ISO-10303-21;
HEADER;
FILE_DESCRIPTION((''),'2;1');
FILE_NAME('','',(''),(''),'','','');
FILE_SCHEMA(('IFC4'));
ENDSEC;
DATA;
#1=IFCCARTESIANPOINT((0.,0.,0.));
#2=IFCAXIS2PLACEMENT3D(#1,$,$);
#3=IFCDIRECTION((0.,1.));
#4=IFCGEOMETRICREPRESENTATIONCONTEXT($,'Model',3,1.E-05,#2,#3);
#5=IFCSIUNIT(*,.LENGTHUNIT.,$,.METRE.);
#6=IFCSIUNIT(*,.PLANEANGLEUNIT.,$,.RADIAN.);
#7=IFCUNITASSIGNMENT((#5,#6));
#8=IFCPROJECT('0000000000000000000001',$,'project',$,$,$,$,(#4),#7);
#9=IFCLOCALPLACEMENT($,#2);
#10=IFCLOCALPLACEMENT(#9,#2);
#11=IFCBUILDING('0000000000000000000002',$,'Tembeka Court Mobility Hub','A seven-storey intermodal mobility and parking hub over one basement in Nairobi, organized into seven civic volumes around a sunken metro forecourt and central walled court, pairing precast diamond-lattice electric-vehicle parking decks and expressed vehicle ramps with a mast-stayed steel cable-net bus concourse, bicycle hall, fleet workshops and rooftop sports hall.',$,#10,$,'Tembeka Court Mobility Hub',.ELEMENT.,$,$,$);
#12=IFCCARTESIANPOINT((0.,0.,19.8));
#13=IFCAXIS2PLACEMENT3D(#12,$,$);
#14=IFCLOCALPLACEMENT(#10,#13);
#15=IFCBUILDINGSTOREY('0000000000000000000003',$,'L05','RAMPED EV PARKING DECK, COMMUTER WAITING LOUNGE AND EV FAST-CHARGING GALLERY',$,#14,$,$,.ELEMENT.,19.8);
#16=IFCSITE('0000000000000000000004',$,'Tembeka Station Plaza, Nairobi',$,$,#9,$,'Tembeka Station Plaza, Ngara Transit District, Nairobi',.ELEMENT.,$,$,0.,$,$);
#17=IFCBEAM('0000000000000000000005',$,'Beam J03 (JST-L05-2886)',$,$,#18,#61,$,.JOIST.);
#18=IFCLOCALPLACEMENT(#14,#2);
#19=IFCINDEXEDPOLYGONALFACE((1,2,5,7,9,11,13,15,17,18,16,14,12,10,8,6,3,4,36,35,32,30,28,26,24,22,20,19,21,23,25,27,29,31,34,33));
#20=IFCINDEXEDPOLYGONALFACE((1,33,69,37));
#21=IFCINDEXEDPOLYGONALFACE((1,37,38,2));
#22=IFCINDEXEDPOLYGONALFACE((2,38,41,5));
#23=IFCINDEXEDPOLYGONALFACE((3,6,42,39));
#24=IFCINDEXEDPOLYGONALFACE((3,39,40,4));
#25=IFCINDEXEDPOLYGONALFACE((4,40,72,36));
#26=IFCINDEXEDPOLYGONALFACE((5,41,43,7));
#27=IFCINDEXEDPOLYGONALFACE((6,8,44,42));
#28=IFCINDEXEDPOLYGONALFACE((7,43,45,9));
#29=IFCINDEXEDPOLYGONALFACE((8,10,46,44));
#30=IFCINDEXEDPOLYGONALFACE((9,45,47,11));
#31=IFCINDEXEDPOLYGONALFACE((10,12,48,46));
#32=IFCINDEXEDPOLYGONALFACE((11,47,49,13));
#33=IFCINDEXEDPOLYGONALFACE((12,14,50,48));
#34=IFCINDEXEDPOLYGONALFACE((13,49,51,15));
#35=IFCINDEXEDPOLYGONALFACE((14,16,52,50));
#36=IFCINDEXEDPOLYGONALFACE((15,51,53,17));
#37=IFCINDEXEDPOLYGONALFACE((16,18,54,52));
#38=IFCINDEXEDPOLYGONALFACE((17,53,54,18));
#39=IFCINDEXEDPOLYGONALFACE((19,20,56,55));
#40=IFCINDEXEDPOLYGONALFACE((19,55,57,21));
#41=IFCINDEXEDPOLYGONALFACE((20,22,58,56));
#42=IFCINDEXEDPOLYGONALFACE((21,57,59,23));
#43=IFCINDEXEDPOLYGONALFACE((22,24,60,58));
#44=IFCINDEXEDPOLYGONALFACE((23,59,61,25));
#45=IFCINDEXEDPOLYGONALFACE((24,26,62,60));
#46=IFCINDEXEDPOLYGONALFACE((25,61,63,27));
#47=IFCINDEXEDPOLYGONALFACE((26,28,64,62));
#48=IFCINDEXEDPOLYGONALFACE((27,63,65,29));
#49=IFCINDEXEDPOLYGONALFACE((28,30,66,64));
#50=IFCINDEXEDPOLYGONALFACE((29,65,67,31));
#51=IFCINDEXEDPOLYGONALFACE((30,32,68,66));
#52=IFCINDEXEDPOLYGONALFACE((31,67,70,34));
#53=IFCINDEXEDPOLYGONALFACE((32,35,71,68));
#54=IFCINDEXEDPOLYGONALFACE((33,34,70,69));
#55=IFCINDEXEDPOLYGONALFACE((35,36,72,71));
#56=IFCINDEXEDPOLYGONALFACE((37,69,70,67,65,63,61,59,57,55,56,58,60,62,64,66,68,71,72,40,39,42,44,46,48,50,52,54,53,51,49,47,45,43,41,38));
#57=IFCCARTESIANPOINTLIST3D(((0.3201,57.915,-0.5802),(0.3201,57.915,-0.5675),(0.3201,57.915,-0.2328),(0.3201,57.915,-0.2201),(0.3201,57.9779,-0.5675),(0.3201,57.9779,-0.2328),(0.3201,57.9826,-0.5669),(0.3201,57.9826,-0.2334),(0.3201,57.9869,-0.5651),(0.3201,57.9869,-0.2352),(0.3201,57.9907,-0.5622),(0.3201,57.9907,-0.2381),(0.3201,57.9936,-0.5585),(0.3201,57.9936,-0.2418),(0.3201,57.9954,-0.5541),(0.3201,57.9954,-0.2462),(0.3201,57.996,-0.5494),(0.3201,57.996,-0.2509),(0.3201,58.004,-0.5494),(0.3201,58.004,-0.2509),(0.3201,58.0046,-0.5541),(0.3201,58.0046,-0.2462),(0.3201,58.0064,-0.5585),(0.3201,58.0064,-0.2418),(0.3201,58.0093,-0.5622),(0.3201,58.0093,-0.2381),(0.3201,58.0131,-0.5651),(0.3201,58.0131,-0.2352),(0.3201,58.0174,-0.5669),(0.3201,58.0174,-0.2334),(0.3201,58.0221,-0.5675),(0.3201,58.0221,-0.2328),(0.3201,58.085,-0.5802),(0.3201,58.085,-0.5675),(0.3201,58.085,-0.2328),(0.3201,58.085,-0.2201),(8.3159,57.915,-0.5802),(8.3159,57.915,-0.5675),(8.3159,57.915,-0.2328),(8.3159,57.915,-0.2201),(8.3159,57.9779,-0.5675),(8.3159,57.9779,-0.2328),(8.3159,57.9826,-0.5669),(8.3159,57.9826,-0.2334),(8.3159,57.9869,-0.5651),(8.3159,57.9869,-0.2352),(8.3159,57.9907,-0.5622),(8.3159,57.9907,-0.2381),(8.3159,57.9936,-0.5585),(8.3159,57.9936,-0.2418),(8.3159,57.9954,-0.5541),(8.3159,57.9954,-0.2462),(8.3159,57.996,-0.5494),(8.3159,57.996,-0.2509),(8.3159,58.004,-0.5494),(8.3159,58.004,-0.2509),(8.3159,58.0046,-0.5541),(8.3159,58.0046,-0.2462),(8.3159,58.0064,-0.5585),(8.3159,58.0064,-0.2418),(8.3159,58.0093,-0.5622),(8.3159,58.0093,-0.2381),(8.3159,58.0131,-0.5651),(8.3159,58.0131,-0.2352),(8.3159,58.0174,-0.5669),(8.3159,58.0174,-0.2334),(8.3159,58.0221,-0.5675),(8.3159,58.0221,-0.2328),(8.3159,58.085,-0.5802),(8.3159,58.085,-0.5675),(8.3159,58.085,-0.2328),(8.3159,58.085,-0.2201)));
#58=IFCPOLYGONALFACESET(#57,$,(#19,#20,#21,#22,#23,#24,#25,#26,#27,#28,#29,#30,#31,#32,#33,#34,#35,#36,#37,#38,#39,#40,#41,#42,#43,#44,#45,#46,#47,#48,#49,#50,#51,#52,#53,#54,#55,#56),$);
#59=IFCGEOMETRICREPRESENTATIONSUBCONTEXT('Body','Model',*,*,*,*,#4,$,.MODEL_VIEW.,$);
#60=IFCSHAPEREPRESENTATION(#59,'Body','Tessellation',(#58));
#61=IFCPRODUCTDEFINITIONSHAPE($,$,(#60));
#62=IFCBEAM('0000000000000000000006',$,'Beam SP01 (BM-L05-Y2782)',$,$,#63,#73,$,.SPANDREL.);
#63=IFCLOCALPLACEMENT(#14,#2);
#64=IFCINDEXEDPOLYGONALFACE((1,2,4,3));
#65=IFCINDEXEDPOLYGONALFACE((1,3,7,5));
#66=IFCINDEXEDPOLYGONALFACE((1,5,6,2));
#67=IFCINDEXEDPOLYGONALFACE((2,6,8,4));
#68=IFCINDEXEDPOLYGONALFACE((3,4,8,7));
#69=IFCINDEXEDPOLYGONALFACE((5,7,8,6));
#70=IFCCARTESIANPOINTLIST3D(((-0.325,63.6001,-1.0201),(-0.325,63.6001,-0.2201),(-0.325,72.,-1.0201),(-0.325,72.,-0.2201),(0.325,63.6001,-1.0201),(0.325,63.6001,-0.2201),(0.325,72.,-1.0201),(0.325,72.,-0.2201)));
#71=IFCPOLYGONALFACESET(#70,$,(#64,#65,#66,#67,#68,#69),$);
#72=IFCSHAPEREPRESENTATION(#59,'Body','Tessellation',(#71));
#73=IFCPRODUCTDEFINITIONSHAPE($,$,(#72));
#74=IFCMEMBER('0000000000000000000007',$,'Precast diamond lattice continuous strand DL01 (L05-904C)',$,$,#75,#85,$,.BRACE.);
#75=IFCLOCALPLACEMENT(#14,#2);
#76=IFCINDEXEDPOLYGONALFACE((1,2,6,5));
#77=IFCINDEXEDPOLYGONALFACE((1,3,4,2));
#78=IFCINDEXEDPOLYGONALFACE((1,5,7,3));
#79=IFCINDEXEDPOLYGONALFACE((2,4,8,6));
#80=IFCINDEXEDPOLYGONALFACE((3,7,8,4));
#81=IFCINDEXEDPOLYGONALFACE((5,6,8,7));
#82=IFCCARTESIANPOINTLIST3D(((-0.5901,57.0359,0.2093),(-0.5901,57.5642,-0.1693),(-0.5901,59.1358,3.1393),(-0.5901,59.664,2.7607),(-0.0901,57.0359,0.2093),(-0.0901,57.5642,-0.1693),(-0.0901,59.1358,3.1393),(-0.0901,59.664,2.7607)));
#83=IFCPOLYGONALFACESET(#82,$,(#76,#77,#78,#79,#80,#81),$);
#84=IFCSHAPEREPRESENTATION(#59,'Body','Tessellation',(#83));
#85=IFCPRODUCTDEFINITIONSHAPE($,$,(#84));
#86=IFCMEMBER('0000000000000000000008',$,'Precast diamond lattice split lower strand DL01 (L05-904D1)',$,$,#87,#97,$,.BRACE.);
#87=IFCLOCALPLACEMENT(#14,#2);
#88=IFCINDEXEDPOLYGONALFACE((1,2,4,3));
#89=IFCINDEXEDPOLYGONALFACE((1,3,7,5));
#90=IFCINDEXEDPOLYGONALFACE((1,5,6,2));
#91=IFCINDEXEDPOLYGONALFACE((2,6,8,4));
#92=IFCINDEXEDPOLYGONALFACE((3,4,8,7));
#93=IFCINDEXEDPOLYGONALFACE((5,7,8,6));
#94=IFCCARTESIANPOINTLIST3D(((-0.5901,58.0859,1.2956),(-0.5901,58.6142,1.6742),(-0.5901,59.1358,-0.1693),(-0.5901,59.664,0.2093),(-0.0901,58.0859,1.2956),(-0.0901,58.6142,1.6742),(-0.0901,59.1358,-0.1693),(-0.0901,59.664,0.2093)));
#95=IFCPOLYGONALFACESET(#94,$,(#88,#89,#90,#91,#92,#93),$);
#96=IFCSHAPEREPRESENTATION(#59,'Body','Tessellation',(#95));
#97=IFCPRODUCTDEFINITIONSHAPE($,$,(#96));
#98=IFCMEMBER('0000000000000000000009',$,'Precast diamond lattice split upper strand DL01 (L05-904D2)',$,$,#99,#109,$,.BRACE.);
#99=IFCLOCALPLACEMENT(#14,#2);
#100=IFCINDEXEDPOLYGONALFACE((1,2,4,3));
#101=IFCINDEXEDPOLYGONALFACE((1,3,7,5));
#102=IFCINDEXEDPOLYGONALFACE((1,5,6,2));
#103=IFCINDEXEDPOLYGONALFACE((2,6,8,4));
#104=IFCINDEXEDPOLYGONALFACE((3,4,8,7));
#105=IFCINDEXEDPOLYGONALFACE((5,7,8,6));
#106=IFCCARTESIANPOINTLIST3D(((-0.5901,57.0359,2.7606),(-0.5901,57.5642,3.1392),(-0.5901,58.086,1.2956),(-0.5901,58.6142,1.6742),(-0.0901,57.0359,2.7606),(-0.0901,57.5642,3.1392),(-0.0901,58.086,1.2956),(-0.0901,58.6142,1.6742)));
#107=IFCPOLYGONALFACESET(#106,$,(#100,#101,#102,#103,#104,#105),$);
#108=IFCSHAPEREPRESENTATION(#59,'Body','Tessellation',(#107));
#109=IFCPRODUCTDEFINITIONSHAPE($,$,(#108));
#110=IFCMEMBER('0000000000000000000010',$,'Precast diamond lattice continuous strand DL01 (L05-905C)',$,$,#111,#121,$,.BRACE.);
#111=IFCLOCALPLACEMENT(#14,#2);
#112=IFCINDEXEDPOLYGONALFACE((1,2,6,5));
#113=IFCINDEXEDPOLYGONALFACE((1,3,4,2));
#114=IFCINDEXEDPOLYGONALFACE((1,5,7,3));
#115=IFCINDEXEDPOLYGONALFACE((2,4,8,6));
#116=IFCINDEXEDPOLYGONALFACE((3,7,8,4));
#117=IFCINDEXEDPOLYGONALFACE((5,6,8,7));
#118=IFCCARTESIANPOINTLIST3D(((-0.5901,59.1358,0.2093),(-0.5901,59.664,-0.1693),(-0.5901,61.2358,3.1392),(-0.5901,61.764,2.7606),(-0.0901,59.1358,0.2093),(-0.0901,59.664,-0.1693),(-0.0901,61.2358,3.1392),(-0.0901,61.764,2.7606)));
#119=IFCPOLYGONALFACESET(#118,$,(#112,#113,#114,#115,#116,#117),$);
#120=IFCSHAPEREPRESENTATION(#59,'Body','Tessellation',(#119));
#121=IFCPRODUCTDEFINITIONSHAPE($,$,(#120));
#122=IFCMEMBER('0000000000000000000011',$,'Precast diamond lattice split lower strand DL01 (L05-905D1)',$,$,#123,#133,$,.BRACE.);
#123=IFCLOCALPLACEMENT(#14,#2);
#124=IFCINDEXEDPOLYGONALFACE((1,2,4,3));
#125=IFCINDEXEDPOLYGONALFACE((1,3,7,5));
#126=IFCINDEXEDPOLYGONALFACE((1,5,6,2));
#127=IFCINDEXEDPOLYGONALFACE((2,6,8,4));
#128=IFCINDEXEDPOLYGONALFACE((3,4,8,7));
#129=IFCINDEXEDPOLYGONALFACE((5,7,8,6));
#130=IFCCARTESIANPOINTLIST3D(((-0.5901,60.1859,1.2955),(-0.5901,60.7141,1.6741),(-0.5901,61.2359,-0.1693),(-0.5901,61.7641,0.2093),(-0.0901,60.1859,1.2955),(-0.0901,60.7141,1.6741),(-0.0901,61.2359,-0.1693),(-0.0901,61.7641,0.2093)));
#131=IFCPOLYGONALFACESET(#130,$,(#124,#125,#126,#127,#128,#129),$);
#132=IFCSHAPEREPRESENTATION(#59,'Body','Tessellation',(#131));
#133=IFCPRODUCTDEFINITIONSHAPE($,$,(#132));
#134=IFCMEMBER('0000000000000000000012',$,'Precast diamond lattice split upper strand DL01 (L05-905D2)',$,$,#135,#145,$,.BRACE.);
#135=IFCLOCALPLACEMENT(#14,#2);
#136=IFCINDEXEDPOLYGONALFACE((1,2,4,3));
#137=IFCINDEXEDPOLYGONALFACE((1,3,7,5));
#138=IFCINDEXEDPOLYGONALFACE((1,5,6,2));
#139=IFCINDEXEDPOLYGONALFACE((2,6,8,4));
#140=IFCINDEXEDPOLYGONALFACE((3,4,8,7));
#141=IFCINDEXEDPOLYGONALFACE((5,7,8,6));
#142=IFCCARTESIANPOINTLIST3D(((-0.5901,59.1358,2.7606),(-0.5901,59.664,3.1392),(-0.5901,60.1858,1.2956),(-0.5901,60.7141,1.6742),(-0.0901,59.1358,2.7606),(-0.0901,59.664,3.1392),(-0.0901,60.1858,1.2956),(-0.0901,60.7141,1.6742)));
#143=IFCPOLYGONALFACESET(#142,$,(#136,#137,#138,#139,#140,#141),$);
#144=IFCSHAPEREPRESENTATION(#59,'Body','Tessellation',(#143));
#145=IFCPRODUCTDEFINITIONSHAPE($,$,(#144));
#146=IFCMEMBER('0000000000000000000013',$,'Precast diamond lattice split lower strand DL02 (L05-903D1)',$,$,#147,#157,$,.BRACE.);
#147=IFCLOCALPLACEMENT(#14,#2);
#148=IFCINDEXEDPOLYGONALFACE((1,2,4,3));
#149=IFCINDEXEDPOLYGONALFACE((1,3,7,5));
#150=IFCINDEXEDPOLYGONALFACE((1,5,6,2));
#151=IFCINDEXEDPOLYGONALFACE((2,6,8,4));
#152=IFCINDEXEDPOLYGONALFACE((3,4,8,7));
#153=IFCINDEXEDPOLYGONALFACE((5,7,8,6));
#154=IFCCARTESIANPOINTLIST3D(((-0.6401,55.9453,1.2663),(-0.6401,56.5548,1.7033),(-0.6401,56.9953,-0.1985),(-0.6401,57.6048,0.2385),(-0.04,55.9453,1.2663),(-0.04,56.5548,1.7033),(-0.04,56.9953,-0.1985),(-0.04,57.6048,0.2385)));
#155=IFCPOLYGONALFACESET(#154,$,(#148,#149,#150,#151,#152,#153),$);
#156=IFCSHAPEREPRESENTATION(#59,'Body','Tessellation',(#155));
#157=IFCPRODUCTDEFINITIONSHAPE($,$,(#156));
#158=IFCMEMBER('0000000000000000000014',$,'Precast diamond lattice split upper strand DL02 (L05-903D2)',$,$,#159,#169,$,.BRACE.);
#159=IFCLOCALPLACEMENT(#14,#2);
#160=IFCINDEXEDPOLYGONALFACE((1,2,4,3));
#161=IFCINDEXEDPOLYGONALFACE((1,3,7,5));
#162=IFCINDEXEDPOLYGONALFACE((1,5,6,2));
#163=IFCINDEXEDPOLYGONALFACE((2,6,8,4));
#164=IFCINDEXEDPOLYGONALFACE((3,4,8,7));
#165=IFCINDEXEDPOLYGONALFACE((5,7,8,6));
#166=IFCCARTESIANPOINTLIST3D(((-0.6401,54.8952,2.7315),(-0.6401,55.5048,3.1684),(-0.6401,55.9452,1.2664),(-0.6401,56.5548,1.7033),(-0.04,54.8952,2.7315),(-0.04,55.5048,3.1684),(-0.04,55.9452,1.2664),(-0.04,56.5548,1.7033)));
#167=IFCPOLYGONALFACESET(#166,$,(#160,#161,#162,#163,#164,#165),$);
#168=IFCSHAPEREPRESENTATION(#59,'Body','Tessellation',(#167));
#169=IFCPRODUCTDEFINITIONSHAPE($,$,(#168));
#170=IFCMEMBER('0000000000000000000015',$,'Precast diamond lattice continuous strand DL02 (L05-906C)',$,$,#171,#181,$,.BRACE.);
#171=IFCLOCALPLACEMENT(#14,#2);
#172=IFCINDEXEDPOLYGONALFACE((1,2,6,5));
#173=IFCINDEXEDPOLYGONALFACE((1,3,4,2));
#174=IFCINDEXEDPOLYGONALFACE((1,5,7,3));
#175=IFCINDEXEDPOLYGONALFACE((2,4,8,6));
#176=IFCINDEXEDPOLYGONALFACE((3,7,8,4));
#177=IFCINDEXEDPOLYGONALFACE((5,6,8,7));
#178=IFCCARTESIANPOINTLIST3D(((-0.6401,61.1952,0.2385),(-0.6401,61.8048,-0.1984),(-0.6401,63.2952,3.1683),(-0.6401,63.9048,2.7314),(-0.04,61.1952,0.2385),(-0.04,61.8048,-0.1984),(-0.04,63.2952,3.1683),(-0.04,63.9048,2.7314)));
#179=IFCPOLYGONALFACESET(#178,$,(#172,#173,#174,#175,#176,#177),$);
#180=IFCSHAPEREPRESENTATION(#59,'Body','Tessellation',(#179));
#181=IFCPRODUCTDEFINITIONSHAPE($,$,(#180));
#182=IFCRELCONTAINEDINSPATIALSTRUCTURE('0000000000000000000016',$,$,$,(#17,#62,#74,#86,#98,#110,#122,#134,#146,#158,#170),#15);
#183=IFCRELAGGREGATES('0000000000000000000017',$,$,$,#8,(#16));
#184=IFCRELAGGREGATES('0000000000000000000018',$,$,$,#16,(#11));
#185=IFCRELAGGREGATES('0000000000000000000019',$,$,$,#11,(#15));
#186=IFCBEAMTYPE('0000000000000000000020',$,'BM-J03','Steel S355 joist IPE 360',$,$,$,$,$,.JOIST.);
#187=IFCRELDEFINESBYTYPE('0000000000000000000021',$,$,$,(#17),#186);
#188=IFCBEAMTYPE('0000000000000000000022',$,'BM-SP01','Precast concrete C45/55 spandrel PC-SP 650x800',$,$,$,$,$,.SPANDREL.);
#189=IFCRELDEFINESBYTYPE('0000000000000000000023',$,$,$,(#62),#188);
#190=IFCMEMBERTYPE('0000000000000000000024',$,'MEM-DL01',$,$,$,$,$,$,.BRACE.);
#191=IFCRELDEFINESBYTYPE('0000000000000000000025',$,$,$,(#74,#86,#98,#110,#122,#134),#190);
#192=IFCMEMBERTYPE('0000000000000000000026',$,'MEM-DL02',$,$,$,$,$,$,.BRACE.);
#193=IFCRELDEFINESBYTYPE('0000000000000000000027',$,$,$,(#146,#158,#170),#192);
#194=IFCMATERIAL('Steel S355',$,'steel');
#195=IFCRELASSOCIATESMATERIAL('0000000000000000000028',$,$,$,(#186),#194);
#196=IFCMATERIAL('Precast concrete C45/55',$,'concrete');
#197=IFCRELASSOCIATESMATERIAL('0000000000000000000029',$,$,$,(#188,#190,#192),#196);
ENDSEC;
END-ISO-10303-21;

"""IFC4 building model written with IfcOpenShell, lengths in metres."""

from ifc_helpers import new_model, si_unit, direction, frame, origin, origin_2d, place, context, subcontext, project, spatial, rectangle, i_section, extrude, material, material_profile, profile_set, type_object, element, save


model = new_model("IFC4")

# Units and contexts
model_context = context("Model", 3, precision=1e-05, world=origin(), true_north=direction((0.0, 1.0)))
body_context = subcontext(model_context, "Body", "Model", "MODEL_VIEW")
ifc_project = project(units=[si_unit("LENGTHUNIT", "METRE"), si_unit("PLANEANGLEUNIT", "RADIAN")], contexts=[model_context])

# Site, building, storey
site_placement = place(None, origin())
site = spatial("IfcSite", under=ifc_project, at=site_placement, Name="Tembeka Station Plaza, Nairobi", LongName="Tembeka Station Plaza, Ngara Transit District, Nairobi", CompositionType="ELEMENT", RefElevation=0.0)
building_placement = place(site_placement, origin())
building = spatial("IfcBuilding", under=site, at=building_placement, Name="Tembeka Court Mobility Hub", Description="A seven-storey intermodal mobility and parking hub over one basement in Nairobi, organized into seven civic volumes around a sunken metro forecourt and central walled court, pairing precast diamond-lattice electric-vehicle parking decks and expressed vehicle ramps with a mast-stayed steel cable-net bus concourse, bicycle hall, fleet workshops and rooftop sports hall.", LongName="Tembeka Court Mobility Hub", CompositionType="ELEMENT")
storey_placement = place(building_placement, frame((0.0, 0.0, 19.8)))
storey = spatial("IfcBuildingStorey", under=building, at=storey_placement, Name="L05", Description="RAMPED EV PARKING DECK, COMMUTER WAITING LOUNGE AND EV FAST-CHARGING GALLERY", CompositionType="ELEMENT", Elevation=19.8)

# Shared definitions
ifc_material_1 = material(Name="Steel S355", Category="steel")

# Beams
ifc_material_profile_1 = material_profile(ifc_material_1, i_section(OverallWidth=0.1699, OverallDepth=0.3601, WebThickness=0.0081, FlangeThickness=0.0127, FilletRadius=0.0181, at=origin_2d()), Name="IPE 360")
ifc_profile_set_1 = profile_set([ifc_material_profile_1], Name="Steel S355")
beam_type_1 = type_object("IfcBeamType", Name="BM-J03", Description="Steel S355 joist IPE 360", PredefinedType="JOIST", material=ifc_profile_set_1)
beam_1_placement = place(storey_placement, frame((0.3201, 58.0, -0.4001), z_axis=(1.0, 0.0, 0.0), x_axis=(0.0, 1.0, 0.0)))
element("IfcBeam", 1, at=beam_1_placement, inside=storey, type_object=beam_type_1, Name="Beam J03 (JST-L05-2886)", PredefinedType="JOIST", context=body_context, shape_type="SweptSolid", body=[
    extrude(i_section(OverallWidth=0.1699, OverallDepth=0.3601, WebThickness=0.0081, FlangeThickness=0.0127, FilletRadius=0.0181, at=origin_2d()), origin(), (0.0, 0.0, 1.0), 7.9958),
])
ifc_material_2 = material(Name="Precast concrete C45/55", Category="concrete")
ifc_material_profile_2 = material_profile(ifc_material_2, rectangle(XDim=0.6499, YDim=0.8, at=origin_2d()), Name="PC-SP 650x800")
ifc_profile_set_2 = profile_set([ifc_material_profile_2], Name="Precast concrete C45/55")
beam_type_2 = type_object("IfcBeamType", Name="BM-SP01", Description="Precast concrete C45/55 spandrel PC-SP 650x800", PredefinedType="SPANDREL", material=ifc_profile_set_2)
beam_2_placement = place(storey_placement, frame((0.0, 63.6001, -0.6201), z_axis=(0.0, 1.0, 0.0), x_axis=(-1.0, 0.0, 0.0)))
element("IfcBeam", 2, at=beam_2_placement, inside=storey, type_object=beam_type_2, Name="Beam SP01 (BM-L05-Y2782)", PredefinedType="SPANDREL", context=body_context, shape_type="SweptSolid", body=[
    extrude(rectangle(XDim=0.6499, YDim=0.8, at=origin_2d()), origin(), (0.0, 0.0, 1.0), 8.3999),
])

# Members
ifc_material_profile_3 = material_profile(ifc_material_2, rectangle(XDim=0.5, YDim=0.6499, at=origin_2d()), Name="PC-DIAG 500x650")
ifc_profile_set_3 = profile_set([ifc_material_profile_3], Name="Precast concrete C45/55")
member_type_1 = type_object("IfcMemberType", Name="MEM-DL01", PredefinedType="BRACE", material=ifc_profile_set_3)
member_1_placement = place(storey_placement, frame((-0.3401, 57.3, 0.02), z_axis=(0.0, 0.582532, 0.812808), x_axis=(-1.0, 0.0, 0.0)))
element("IfcMember", 3, at=member_1_placement, inside=storey, type_object=member_type_1, Name="Precast diamond lattice continuous strand DL01 (L05-904C)", PredefinedType="BRACE", context=body_context, shape_type="SweptSolid", body=[
    extrude(rectangle(XDim=0.5, YDim=0.6499, at=origin_2d()), origin(), (0.0, 0.0, 1.0), 3.6047),
])
member_2_placement = place(storey_placement, frame((-0.3401, 59.3999, 0.02), z_axis=(0.0, -0.582519, 0.812817), x_axis=(1.0, 0.0, 0.0)))
element("IfcMember", 4, at=member_2_placement, inside=storey, type_object=member_type_1, Name="Precast diamond lattice split lower strand DL01 (L05-904D1)", PredefinedType="BRACE", context=body_context, shape_type="SweptSolid", body=[
    extrude(rectangle(XDim=0.5, YDim=0.6499, at=origin_2d()), origin(), (0.0, 0.0, 1.0), 1.8022),
])
member_3_placement = place(storey_placement, frame((-0.3401, 58.3501, 1.4849), z_axis=(0.0, -0.582544, 0.812799), x_axis=(1.0, 0.0, 0.0)))
element("IfcMember", 5, at=member_3_placement, inside=storey, type_object=member_type_1, Name="Precast diamond lattice split upper strand DL01 (L05-904D2)", PredefinedType="BRACE", context=body_context, shape_type="SweptSolid", body=[
    extrude(rectangle(XDim=0.5, YDim=0.6499, at=origin_2d()), origin(), (0.0, 0.0, 1.0), 1.8025),
])
member_4_placement = place(storey_placement, frame((-0.3401, 59.3999, 0.02), z_axis=(0.0, 0.582576, 0.812776), x_axis=(-1.0, 0.0, 0.0)))
element("IfcMember", 6, at=member_4_placement, inside=storey, type_object=member_type_1, Name="Precast diamond lattice continuous strand DL01 (L05-905C)", PredefinedType="BRACE", context=body_context, shape_type="SweptSolid", body=[
    extrude(rectangle(XDim=0.5, YDim=0.6499, at=origin_2d()), origin(), (0.0, 0.0, 1.0), 3.6047),
])
member_5_placement = place(storey_placement, frame((-0.3401, 61.5, 0.02), z_axis=(0.0, -0.582608, 0.812753), x_axis=(1.0, 0.0, 0.0)))
element("IfcMember", 7, at=member_5_placement, inside=storey, type_object=member_type_1, Name="Precast diamond lattice split lower strand DL01 (L05-905D1)", PredefinedType="BRACE", context=body_context, shape_type="SweptSolid", body=[
    extrude(rectangle(XDim=0.5, YDim=0.6499, at=origin_2d()), origin(), (0.0, 0.0, 1.0), 1.8022),
])
member_6_placement = place(storey_placement, frame((-0.3401, 60.45, 1.4849), z_axis=(0.0, -0.582544, 0.812799), x_axis=(1.0, 0.0, 0.0)))
element("IfcMember", 8, at=member_6_placement, inside=storey, type_object=member_type_1, Name="Precast diamond lattice split upper strand DL01 (L05-905D2)", PredefinedType="BRACE", context=body_context, shape_type="SweptSolid", body=[
    extrude(rectangle(XDim=0.5, YDim=0.6499, at=origin_2d()), origin(), (0.0, 0.0, 1.0), 1.8025),
])
ifc_material_profile_4 = material_profile(ifc_material_2, rectangle(XDim=0.6001, YDim=0.75, at=origin_2d()), Name="PC-DIAG 600x750")
ifc_profile_set_4 = profile_set([ifc_material_profile_4], Name="Precast concrete C45/55")
member_type_2 = type_object("IfcMemberType", Name="MEM-DL02", PredefinedType="BRACE", material=ifc_profile_set_4)
member_7_placement = place(storey_placement, frame((-0.3401, 57.3, 0.02), z_axis=(0.0, -0.582608, 0.812753), x_axis=(1.0, 0.0, 0.0)))
element("IfcMember", 9, at=member_7_placement, inside=storey, type_object=member_type_2, Name="Precast diamond lattice split lower strand DL02 (L05-903D1)", PredefinedType="BRACE", context=body_context, shape_type="SweptSolid", body=[
    extrude(rectangle(XDim=0.6001, YDim=0.75, at=origin_2d()), origin(), (0.0, 0.0, 1.0), 1.8022),
])
member_8_placement = place(storey_placement, frame((-0.3401, 56.25, 1.4849), z_axis=(0.0, -0.582544, 0.812799), x_axis=(1.0, 0.0, 0.0)))
element("IfcMember", 10, at=member_8_placement, inside=storey, type_object=member_type_2, Name="Precast diamond lattice split upper strand DL02 (L05-903D2)", PredefinedType="BRACE", context=body_context, shape_type="SweptSolid", body=[
    extrude(rectangle(XDim=0.6001, YDim=0.75, at=origin_2d()), origin(), (0.0, 0.0, 1.0), 1.8025),
])
member_9_placement = place(storey_placement, frame((-0.3401, 61.5, 0.02), z_axis=(0.0, 0.582576, 0.812776), x_axis=(-1.0, 0.0, 0.0)))
element("IfcMember", 11, at=member_9_placement, inside=storey, type_object=member_type_2, Name="Precast diamond lattice continuous strand DL02 (L05-906C)", PredefinedType="BRACE", context=body_context, shape_type="SweptSolid", body=[
    extrude(rectangle(XDim=0.6001, YDim=0.75, at=origin_2d()), origin(), (0.0, 0.0, 1.0), 3.6047),
])

save(model, "model.ifc")
